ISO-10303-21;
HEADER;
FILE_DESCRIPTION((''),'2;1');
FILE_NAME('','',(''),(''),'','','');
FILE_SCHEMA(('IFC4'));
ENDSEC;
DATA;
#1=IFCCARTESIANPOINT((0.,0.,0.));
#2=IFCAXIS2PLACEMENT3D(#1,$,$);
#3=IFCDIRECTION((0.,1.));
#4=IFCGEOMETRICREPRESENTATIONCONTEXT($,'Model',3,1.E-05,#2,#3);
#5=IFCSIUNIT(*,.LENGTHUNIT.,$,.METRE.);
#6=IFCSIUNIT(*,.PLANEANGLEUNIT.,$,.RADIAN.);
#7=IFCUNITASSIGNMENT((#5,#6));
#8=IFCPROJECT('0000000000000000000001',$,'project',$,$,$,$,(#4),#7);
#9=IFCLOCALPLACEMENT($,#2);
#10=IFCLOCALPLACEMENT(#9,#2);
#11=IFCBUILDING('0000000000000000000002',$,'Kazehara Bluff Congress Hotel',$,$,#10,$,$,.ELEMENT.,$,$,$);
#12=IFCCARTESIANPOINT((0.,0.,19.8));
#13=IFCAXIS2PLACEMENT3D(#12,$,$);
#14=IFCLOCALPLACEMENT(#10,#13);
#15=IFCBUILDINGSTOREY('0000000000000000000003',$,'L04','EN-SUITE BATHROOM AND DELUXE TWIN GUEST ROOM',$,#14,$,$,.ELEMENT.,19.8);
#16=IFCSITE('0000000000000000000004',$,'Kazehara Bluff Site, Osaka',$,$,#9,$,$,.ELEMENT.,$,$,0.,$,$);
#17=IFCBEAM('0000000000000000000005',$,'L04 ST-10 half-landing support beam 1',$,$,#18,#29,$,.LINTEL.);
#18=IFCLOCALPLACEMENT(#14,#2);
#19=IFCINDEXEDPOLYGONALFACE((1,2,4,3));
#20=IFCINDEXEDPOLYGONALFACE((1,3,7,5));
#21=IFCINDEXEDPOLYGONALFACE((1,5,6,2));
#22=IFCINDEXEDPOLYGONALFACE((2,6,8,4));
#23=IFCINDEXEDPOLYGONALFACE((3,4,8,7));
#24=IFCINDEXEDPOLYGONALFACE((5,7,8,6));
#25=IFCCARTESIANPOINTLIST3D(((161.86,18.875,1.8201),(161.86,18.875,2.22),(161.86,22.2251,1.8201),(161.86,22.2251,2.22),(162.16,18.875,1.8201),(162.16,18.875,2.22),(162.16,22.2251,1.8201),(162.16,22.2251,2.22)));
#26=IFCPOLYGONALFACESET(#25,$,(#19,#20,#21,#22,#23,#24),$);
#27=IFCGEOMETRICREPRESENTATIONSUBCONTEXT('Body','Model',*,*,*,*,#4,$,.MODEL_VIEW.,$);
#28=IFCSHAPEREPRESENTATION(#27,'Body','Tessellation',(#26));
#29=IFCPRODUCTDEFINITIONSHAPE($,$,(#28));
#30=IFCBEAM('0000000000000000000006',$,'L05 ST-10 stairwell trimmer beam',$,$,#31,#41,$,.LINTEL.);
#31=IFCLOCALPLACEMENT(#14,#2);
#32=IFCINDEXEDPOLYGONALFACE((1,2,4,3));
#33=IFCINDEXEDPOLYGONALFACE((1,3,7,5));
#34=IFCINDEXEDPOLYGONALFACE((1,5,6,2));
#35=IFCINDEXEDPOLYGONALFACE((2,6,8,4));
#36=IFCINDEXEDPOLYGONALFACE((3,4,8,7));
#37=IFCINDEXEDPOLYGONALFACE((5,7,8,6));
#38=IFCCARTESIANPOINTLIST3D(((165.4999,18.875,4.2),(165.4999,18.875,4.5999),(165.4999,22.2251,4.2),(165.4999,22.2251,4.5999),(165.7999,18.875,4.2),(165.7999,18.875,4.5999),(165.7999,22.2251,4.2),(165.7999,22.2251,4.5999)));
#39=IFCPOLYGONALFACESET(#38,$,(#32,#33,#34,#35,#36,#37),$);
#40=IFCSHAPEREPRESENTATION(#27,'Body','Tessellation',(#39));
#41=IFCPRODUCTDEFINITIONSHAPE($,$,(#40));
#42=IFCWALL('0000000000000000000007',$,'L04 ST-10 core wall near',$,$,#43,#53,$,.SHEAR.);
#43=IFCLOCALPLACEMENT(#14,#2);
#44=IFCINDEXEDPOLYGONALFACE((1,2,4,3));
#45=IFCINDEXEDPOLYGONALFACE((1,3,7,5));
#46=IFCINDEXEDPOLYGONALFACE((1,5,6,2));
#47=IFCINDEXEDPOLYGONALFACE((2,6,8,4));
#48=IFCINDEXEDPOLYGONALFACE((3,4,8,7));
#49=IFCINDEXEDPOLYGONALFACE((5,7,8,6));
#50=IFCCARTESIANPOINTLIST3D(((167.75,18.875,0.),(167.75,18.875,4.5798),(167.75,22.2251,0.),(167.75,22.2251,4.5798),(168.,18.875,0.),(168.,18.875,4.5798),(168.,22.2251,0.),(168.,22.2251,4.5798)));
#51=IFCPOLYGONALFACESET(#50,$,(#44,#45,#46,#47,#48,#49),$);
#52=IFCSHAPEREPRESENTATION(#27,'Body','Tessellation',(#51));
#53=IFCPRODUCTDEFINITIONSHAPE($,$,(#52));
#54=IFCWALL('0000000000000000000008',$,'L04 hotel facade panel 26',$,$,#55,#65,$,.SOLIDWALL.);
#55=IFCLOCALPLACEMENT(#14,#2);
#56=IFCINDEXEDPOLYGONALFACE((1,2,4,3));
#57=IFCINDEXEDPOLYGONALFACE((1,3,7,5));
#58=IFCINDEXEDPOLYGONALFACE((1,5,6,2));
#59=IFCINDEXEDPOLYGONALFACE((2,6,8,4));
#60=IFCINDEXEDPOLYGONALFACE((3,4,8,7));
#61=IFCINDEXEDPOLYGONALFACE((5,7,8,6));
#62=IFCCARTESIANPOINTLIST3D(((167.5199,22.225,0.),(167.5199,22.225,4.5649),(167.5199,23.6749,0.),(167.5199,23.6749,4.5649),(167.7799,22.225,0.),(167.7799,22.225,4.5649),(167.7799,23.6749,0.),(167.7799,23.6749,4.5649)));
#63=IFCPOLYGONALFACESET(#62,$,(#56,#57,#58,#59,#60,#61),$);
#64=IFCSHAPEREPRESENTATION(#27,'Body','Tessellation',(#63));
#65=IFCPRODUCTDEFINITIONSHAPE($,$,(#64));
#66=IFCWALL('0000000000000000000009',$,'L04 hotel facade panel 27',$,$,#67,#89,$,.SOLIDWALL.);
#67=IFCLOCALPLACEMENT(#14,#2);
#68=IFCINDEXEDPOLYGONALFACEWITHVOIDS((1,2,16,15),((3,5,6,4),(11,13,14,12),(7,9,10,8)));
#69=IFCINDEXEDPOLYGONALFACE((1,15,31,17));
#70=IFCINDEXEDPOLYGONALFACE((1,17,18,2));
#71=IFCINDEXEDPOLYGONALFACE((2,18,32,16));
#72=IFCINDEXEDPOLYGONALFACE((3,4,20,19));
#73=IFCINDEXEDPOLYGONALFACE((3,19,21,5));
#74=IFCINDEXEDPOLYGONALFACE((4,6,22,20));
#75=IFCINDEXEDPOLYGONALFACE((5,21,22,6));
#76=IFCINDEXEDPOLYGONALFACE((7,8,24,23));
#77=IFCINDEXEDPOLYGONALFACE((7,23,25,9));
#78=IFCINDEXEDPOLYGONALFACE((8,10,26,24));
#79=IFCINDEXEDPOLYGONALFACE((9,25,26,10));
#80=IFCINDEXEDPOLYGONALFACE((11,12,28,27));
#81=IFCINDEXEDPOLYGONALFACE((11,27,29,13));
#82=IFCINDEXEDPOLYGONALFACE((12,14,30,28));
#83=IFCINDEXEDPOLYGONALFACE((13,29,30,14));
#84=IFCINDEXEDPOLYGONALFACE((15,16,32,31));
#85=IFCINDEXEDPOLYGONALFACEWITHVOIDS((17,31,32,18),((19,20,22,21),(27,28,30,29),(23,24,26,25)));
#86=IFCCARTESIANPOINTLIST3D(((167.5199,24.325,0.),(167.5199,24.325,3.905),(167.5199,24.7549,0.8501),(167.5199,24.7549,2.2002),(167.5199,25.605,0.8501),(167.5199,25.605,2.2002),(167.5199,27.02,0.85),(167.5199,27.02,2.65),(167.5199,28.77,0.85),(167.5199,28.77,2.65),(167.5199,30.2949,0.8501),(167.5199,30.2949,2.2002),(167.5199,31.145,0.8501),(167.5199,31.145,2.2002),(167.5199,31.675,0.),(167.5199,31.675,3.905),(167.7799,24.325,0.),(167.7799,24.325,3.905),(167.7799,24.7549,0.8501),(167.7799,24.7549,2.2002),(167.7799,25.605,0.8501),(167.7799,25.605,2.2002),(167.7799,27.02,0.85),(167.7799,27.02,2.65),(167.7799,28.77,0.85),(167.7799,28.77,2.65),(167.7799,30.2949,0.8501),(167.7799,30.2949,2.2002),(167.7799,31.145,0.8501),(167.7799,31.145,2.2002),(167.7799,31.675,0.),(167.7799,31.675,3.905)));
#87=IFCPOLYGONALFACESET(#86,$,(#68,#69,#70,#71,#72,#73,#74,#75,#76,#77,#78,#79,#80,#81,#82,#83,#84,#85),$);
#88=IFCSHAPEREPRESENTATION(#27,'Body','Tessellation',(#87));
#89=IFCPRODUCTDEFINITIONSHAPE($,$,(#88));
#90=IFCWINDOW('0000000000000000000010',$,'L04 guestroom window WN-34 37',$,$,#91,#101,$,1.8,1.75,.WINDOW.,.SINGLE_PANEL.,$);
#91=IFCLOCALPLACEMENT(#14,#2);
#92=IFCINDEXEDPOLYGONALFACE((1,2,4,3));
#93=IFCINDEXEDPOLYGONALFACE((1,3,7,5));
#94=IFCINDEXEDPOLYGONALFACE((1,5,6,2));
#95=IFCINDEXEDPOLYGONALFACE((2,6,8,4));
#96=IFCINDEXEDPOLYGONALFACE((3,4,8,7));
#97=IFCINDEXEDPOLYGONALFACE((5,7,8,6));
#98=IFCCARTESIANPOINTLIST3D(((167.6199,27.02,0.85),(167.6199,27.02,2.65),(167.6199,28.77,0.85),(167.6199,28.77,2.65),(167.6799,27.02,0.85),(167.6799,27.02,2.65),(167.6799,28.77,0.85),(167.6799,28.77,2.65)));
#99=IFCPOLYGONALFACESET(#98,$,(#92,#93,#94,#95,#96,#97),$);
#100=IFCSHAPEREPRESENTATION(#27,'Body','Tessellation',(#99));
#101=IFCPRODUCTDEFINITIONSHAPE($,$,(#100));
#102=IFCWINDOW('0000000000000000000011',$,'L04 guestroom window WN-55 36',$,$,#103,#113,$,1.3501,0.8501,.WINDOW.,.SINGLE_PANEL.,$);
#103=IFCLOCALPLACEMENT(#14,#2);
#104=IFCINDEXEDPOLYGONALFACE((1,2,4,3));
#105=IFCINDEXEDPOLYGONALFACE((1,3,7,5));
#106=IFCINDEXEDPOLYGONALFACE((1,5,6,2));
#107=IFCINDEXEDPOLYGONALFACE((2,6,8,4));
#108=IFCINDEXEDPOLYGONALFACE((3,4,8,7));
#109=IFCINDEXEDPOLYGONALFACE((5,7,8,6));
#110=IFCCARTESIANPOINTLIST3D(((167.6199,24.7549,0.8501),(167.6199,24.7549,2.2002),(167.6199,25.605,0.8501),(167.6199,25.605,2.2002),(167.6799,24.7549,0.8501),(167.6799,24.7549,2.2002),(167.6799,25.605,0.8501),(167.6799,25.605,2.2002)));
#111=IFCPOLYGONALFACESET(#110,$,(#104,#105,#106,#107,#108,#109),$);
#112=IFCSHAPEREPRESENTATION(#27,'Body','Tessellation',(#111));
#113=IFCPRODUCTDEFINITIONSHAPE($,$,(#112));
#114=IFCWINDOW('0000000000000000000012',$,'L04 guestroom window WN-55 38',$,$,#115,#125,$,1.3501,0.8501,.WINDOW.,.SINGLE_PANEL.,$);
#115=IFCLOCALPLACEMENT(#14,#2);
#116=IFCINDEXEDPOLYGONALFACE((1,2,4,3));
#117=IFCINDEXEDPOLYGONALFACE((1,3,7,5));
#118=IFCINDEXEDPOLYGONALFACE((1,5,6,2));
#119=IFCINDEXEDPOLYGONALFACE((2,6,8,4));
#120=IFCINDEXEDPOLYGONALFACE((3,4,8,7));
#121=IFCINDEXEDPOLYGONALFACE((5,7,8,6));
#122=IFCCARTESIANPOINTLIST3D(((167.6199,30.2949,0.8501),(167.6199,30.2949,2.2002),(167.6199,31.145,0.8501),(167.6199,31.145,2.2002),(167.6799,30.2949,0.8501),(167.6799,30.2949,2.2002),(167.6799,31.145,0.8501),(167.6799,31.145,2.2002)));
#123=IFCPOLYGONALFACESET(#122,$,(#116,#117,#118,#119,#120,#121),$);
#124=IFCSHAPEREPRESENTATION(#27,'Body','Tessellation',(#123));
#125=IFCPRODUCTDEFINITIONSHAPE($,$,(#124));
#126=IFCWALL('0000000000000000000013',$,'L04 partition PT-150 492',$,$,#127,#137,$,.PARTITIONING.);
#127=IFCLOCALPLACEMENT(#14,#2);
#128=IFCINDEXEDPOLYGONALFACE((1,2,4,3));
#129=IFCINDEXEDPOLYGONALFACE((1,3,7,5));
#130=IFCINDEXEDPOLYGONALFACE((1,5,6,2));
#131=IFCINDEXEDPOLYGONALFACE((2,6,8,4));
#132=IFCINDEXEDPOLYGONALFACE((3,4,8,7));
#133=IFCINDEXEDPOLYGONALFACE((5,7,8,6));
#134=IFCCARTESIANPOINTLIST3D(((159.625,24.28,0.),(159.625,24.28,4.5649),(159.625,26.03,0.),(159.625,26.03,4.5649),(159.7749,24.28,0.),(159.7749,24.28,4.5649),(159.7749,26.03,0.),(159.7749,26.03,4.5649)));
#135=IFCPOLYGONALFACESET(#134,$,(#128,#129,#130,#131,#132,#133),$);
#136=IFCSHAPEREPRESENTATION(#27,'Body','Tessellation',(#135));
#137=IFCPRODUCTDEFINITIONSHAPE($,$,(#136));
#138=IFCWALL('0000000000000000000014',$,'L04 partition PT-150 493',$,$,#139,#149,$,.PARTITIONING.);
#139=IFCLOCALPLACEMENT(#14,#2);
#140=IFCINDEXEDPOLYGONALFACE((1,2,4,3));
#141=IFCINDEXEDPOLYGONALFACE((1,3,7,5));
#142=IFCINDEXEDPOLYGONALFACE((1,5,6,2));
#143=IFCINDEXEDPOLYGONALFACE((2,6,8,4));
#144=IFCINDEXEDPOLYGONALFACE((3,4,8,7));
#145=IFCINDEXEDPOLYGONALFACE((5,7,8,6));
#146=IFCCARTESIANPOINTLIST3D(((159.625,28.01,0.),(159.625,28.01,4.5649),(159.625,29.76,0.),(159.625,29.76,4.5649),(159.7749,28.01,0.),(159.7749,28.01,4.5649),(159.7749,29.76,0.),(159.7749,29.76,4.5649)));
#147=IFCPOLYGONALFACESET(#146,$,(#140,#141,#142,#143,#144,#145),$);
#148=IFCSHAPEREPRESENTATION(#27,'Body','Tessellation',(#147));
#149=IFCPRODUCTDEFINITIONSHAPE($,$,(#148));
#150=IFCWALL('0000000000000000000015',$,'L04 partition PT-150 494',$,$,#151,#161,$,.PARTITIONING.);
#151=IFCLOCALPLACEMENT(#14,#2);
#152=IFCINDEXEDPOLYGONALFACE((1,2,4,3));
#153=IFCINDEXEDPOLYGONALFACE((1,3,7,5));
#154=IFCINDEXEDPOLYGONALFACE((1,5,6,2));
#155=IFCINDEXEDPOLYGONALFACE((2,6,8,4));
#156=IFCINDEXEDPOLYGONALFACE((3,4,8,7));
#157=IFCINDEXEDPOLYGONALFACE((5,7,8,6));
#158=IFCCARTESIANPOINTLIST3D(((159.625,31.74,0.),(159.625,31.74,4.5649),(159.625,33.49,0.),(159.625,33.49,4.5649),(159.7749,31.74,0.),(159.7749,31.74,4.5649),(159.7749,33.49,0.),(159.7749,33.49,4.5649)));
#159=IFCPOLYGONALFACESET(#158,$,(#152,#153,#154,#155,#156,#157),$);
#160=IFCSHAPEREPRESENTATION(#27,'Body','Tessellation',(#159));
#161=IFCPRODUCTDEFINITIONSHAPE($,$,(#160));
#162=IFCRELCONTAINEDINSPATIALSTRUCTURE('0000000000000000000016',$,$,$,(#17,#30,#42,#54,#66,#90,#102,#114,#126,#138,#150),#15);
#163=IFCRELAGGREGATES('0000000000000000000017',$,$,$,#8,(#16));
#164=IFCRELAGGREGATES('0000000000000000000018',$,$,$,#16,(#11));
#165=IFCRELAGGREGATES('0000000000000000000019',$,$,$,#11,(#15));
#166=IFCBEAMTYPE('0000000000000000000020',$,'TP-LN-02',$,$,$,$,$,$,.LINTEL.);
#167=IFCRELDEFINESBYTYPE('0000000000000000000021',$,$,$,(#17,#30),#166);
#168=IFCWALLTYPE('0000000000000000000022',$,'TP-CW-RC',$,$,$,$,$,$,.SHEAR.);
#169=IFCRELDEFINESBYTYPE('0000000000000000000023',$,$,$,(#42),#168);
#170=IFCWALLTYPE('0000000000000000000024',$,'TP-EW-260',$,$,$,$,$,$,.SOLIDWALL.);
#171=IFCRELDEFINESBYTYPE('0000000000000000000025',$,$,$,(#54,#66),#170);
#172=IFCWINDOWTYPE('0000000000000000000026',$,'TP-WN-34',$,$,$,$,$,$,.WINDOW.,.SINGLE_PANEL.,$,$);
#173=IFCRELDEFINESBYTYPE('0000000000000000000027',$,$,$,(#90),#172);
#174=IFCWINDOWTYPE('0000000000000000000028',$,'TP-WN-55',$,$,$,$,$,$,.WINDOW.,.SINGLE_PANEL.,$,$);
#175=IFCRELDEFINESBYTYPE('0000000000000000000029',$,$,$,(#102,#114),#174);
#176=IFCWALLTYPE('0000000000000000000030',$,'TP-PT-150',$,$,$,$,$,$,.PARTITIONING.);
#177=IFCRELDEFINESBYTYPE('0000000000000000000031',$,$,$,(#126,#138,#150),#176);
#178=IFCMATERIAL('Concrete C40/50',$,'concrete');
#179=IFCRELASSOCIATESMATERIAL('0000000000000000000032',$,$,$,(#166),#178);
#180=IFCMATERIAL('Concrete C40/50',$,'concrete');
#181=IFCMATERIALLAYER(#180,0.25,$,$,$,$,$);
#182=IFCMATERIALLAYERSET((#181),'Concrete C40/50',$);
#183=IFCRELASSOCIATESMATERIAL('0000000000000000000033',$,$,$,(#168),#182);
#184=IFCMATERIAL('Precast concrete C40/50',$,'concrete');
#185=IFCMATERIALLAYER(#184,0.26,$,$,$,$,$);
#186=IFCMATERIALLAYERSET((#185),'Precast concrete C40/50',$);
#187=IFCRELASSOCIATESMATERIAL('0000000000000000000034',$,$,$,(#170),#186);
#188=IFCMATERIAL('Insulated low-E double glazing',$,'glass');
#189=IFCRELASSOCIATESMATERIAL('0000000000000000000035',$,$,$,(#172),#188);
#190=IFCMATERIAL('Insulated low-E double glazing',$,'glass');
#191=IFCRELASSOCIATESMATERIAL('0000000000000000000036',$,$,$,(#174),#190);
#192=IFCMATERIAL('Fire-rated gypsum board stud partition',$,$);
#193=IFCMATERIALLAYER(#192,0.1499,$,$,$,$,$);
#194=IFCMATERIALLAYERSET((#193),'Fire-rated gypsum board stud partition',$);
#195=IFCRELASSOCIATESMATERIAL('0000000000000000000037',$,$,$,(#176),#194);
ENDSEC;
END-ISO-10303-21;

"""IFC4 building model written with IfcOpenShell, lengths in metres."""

from ifc_helpers import new_model, si_unit, direction, frame, frame_2d, origin, origin_2d, place, context, subcontext, project, spatial, rectangle, extrude, material, layer, layer_set, material_profile, profile_set, type_object, element, fill, save


model = new_model("IFC4")

# Units and contexts
model_context = context("Model", 3, precision=1e-05, world=origin(), true_north=direction((0.0, 1.0)))
body_context = subcontext(model_context, "Body", "Model", "MODEL_VIEW")
ifc_project = project(units=[si_unit("LENGTHUNIT", "METRE"), si_unit("PLANEANGLEUNIT", "RADIAN")], contexts=[model_context])

# Site, building, storey
site_placement = place(None, origin())
site = spatial("IfcSite", under=ifc_project, at=site_placement, Name="Kazehara Bluff Site, Osaka", CompositionType="ELEMENT", RefElevation=0.0)
building_placement = place(site_placement, origin())
building = spatial("IfcBuilding", under=site, at=building_placement, Name="Kazehara Bluff Congress Hotel", CompositionType="ELEMENT")
storey_placement = place(building_placement, frame((0.0, 0.0, 19.8)))
storey = spatial("IfcBuildingStorey", under=building, at=storey_placement, Name="L04", Description="EN-SUITE BATHROOM AND DELUXE TWIN GUEST ROOM", CompositionType="ELEMENT", Elevation=19.8)

# Beams
ifc_material_1 = material(Name="Concrete C40/50", Category="concrete")
ifc_material_profile_1 = material_profile(ifc_material_1, rectangle(XDim=0.3, YDim=0.3999, at=origin_2d()))
ifc_profile_set_1 = profile_set([ifc_material_profile_1], Name="Concrete C40/50")
beam_type_1 = type_object("IfcBeamType", Name="TP-LN-02", PredefinedType="LINTEL", material=ifc_profile_set_1)
for number, where, z_axis, x_axis, name in (
    (1, (162.01, 22.2251, 2.02), (0.0, -1.0, 0.0), (1.0, 0.0, 0.0), "L04 ST-10 half-landing support beam 1"),
    (2, (165.6499, 22.2251, 4.3999), (0.0, -1.0, 0.0), (1.0, 0.0, 0.0), "L05 ST-10 stairwell trimmer beam"),
):
    element("IfcBeam", number, at=place(storey_placement, frame(where, z_axis=z_axis, x_axis=x_axis)), inside=storey, type_object=beam_type_1, Name=name, PredefinedType="LINTEL", context=body_context, shape_type="SweptSolid", body=[
        extrude(rectangle(XDim=0.3, YDim=0.3999, at=origin_2d()), origin(), (0.0, 0.0, 1.0), 3.3501),
    ])

# Walls
ifc_material_2 = material(Name="Concrete C40/50", Category="concrete")
ifc_layer_1 = layer(ifc_material_2, 0.25)
ifc_layer_set_1 = layer_set([ifc_layer_1], Name="Concrete C40/50")
wall_type_1 = type_object("IfcWallType", Name="TP-CW-RC", PredefinedType="SHEAR", material=ifc_layer_set_1)
wall_1_placement = place(storey_placement, frame((167.875, 22.2251, 0.0), z_axis=(0.0, 0.0, 1.0), x_axis=(0.0, -1.0, 0.0)))
element("IfcWall", 3, at=wall_1_placement, inside=storey, type_object=wall_type_1, Name="L04 ST-10 core wall near", PredefinedType="SHEAR", context=body_context, shape_type="SweptSolid", body=[
    extrude(rectangle(XDim=3.3501, YDim=0.25, at=frame_2d((1.675, 0.0))), origin(), (0.0, 0.0, 1.0), 4.5798),
])
ifc_material_3 = material(Name="Precast concrete C40/50", Category="concrete")
ifc_layer_2 = layer(ifc_material_3, 0.26)
ifc_layer_set_2 = layer_set([ifc_layer_2], Name="Precast concrete C40/50")
wall_type_2 = type_object("IfcWallType", Name="TP-EW-260", PredefinedType="SOLIDWALL", material=ifc_layer_set_2)
wall_2_placement = place(storey_placement, frame((167.6499, 23.675, 0.0), z_axis=(0.0, 0.0, 1.0), x_axis=(0.0, -1.0, 0.0)))
element("IfcWall", 4, at=wall_2_placement, inside=storey, type_object=wall_type_2, Name="L04 hotel facade panel 26", PredefinedType="SOLIDWALL", context=body_context, shape_type="SweptSolid", body=[
    extrude(rectangle(XDim=1.45, YDim=0.26, at=frame_2d((0.7251, 0.0))), origin(), (0.0, 0.0, 1.0), 4.5649),
])

# Wall, openings, windows
wall_3_placement = place(storey_placement, frame((167.6499, 31.675, 0.0), z_axis=(0.0, 0.0, 1.0), x_axis=(0.0, -1.0, 0.0)))
wall_3 = element("IfcWall", 5, at=wall_3_placement, inside=storey, type_object=wall_type_2, Name="L04 hotel facade panel 27", PredefinedType="SOLIDWALL", context=body_context, shape_type="SweptSolid", body=[
    extrude(rectangle(XDim=7.3501, YDim=0.26, at=frame_2d((3.675, 0.0))), origin(), (0.0, 0.0, 1.0), 3.905),
])
opening_1_placement = place(wall_3_placement, frame((6.0701, 0.0, 0.8501)))
opening_1 = element("IfcOpeningElement", 6, at=opening_1_placement, cuts=wall_3, PredefinedType="OPENING", context=body_context, shape_type="SweptSolid", body=[
    extrude(rectangle(XDim=0.8501, YDim=1.3501, at=frame_2d((0.425, 0.675))), frame((0.0, 0.1399, 0.0), z_axis=(0.0, -1.0, 0.0), x_axis=(1.0, 0.0, 0.0)), (0.0, 0.0, 1.0), 0.28),
])
opening_2_placement = place(wall_3_placement, frame((2.905, 0.0, 0.8501)))
opening_2 = element("IfcOpeningElement", 7, at=opening_2_placement, cuts=wall_3, PredefinedType="OPENING", context=body_context, shape_type="SweptSolid", body=[
    extrude(rectangle(XDim=1.75, YDim=1.8, at=frame_2d((0.875, 0.8999))), frame((0.0, 0.1399, 0.0), z_axis=(0.0, -1.0, 0.0), x_axis=(1.0, 0.0, 0.0)), (0.0, 0.0, 1.0), 0.28),
])
opening_3_placement = place(wall_3_placement, frame((0.53, 0.0, 0.8501)))
opening_3 = element("IfcOpeningElement", 8, at=opening_3_placement, cuts=wall_3, PredefinedType="OPENING", context=body_context, shape_type="SweptSolid", body=[
    extrude(rectangle(XDim=0.8501, YDim=1.3501, at=frame_2d((0.425, 0.675))), frame((0.0, 0.1399, 0.0), z_axis=(0.0, -1.0, 0.0), x_axis=(1.0, 0.0, 0.0)), (0.0, 0.0, 1.0), 0.28),
])
ifc_material_4 = material(Name="Insulated low-E double glazing", Category="glass")
window_type_1 = type_object("IfcWindowType", Name="TP-WN-34", PartitioningType="SINGLE_PANEL", PredefinedType="WINDOW", material=ifc_material_4)
window_1_placement = place(opening_2_placement, origin())
window_1 = element("IfcWindow", 9, at=window_1_placement, inside=storey, type_object=window_type_1, Name="L04 guestroom window WN-34 37", OverallHeight=1.8, OverallWidth=1.75, PartitioningType="SINGLE_PANEL", PredefinedType="WINDOW", context=body_context, shape_type="SweptSolid", body=[
    extrude(rectangle(XDim=1.75, YDim=1.8, at=frame_2d((0.875, 0.8999))), frame((0.0, 0.03, 0.0), z_axis=(0.0, -1.0, 0.0), x_axis=(1.0, 0.0, 0.0)), (0.0, 0.0, 1.0), 0.0601),
])
fill(opening_2, window_1)
ifc_material_5 = material(Name="Insulated low-E double glazing", Category="glass")
window_type_2 = type_object("IfcWindowType", Name="TP-WN-55", PartitioningType="SINGLE_PANEL", PredefinedType="WINDOW", material=ifc_material_5)
window_2_placement = place(opening_1_placement, origin())
window_2 = element("IfcWindow", 10, at=window_2_placement, inside=storey, type_object=window_type_2, Name="L04 guestroom window WN-55 36", OverallHeight=1.3501, OverallWidth=0.8501, PartitioningType="SINGLE_PANEL", PredefinedType="WINDOW", context=body_context, shape_type="SweptSolid", body=[
    extrude(rectangle(XDim=0.8501, YDim=1.3501, at=frame_2d((0.425, 0.675))), frame((0.0, 0.03, 0.0), z_axis=(0.0, -1.0, 0.0), x_axis=(1.0, 0.0, 0.0)), (0.0, 0.0, 1.0), 0.0601),
])
fill(opening_1, window_2)
window_3_placement = place(opening_3_placement, origin())
window_3 = element("IfcWindow", 11, at=window_3_placement, inside=storey, type_object=window_type_2, Name="L04 guestroom window WN-55 38", OverallHeight=1.3501, OverallWidth=0.8501, PartitioningType="SINGLE_PANEL", PredefinedType="WINDOW", context=body_context, shape_type="SweptSolid", body=[
    extrude(rectangle(XDim=0.8501, YDim=1.3501, at=frame_2d((0.425, 0.675))), frame((0.0, 0.03, 0.0), z_axis=(0.0, -1.0, 0.0), x_axis=(1.0, 0.0, 0.0)), (0.0, 0.0, 1.0), 0.0601),
])
fill(opening_3, window_3)

# Walls
ifc_material_6 = material(Name="Fire-rated gypsum board stud partition")
ifc_layer_3 = layer(ifc_material_6, 0.1499)
ifc_layer_set_3 = layer_set([ifc_layer_3], Name="Fire-rated gypsum board stud partition")
wall_type_3 = type_object("IfcWallType", Name="TP-PT-150", PredefinedType="PARTITIONING", material=ifc_layer_set_3)
for number, where, z_axis, x_axis, name in (
    (12, (159.7, 24.28, 0.0), (0.0, 0.0, 1.0), (0.0, 1.0, 0.0), "L04 partition PT-150 492"),
    (13, (159.7, 28.01, 0.0), (0.0, 0.0, 1.0), (0.0, 1.0, 0.0), "L04 partition PT-150 493"),
    (14, (159.7, 31.74, 0.0), (0.0, 0.0, 1.0), (0.0, 1.0, 0.0), "L04 partition PT-150 494"),
):
    element("IfcWall", number, at=place(storey_placement, frame(where, z_axis=z_axis, x_axis=x_axis)), inside=storey, type_object=wall_type_3, Name=name, PredefinedType="PARTITIONING", context=body_context, shape_type="SweptSolid", body=[
        extrude(rectangle(XDim=1.75, YDim=0.1499, at=frame_2d((0.875, 0.0))), origin(), (0.0, 0.0, 1.0), 4.5649),
    ])

save(model, "model.ifc")
